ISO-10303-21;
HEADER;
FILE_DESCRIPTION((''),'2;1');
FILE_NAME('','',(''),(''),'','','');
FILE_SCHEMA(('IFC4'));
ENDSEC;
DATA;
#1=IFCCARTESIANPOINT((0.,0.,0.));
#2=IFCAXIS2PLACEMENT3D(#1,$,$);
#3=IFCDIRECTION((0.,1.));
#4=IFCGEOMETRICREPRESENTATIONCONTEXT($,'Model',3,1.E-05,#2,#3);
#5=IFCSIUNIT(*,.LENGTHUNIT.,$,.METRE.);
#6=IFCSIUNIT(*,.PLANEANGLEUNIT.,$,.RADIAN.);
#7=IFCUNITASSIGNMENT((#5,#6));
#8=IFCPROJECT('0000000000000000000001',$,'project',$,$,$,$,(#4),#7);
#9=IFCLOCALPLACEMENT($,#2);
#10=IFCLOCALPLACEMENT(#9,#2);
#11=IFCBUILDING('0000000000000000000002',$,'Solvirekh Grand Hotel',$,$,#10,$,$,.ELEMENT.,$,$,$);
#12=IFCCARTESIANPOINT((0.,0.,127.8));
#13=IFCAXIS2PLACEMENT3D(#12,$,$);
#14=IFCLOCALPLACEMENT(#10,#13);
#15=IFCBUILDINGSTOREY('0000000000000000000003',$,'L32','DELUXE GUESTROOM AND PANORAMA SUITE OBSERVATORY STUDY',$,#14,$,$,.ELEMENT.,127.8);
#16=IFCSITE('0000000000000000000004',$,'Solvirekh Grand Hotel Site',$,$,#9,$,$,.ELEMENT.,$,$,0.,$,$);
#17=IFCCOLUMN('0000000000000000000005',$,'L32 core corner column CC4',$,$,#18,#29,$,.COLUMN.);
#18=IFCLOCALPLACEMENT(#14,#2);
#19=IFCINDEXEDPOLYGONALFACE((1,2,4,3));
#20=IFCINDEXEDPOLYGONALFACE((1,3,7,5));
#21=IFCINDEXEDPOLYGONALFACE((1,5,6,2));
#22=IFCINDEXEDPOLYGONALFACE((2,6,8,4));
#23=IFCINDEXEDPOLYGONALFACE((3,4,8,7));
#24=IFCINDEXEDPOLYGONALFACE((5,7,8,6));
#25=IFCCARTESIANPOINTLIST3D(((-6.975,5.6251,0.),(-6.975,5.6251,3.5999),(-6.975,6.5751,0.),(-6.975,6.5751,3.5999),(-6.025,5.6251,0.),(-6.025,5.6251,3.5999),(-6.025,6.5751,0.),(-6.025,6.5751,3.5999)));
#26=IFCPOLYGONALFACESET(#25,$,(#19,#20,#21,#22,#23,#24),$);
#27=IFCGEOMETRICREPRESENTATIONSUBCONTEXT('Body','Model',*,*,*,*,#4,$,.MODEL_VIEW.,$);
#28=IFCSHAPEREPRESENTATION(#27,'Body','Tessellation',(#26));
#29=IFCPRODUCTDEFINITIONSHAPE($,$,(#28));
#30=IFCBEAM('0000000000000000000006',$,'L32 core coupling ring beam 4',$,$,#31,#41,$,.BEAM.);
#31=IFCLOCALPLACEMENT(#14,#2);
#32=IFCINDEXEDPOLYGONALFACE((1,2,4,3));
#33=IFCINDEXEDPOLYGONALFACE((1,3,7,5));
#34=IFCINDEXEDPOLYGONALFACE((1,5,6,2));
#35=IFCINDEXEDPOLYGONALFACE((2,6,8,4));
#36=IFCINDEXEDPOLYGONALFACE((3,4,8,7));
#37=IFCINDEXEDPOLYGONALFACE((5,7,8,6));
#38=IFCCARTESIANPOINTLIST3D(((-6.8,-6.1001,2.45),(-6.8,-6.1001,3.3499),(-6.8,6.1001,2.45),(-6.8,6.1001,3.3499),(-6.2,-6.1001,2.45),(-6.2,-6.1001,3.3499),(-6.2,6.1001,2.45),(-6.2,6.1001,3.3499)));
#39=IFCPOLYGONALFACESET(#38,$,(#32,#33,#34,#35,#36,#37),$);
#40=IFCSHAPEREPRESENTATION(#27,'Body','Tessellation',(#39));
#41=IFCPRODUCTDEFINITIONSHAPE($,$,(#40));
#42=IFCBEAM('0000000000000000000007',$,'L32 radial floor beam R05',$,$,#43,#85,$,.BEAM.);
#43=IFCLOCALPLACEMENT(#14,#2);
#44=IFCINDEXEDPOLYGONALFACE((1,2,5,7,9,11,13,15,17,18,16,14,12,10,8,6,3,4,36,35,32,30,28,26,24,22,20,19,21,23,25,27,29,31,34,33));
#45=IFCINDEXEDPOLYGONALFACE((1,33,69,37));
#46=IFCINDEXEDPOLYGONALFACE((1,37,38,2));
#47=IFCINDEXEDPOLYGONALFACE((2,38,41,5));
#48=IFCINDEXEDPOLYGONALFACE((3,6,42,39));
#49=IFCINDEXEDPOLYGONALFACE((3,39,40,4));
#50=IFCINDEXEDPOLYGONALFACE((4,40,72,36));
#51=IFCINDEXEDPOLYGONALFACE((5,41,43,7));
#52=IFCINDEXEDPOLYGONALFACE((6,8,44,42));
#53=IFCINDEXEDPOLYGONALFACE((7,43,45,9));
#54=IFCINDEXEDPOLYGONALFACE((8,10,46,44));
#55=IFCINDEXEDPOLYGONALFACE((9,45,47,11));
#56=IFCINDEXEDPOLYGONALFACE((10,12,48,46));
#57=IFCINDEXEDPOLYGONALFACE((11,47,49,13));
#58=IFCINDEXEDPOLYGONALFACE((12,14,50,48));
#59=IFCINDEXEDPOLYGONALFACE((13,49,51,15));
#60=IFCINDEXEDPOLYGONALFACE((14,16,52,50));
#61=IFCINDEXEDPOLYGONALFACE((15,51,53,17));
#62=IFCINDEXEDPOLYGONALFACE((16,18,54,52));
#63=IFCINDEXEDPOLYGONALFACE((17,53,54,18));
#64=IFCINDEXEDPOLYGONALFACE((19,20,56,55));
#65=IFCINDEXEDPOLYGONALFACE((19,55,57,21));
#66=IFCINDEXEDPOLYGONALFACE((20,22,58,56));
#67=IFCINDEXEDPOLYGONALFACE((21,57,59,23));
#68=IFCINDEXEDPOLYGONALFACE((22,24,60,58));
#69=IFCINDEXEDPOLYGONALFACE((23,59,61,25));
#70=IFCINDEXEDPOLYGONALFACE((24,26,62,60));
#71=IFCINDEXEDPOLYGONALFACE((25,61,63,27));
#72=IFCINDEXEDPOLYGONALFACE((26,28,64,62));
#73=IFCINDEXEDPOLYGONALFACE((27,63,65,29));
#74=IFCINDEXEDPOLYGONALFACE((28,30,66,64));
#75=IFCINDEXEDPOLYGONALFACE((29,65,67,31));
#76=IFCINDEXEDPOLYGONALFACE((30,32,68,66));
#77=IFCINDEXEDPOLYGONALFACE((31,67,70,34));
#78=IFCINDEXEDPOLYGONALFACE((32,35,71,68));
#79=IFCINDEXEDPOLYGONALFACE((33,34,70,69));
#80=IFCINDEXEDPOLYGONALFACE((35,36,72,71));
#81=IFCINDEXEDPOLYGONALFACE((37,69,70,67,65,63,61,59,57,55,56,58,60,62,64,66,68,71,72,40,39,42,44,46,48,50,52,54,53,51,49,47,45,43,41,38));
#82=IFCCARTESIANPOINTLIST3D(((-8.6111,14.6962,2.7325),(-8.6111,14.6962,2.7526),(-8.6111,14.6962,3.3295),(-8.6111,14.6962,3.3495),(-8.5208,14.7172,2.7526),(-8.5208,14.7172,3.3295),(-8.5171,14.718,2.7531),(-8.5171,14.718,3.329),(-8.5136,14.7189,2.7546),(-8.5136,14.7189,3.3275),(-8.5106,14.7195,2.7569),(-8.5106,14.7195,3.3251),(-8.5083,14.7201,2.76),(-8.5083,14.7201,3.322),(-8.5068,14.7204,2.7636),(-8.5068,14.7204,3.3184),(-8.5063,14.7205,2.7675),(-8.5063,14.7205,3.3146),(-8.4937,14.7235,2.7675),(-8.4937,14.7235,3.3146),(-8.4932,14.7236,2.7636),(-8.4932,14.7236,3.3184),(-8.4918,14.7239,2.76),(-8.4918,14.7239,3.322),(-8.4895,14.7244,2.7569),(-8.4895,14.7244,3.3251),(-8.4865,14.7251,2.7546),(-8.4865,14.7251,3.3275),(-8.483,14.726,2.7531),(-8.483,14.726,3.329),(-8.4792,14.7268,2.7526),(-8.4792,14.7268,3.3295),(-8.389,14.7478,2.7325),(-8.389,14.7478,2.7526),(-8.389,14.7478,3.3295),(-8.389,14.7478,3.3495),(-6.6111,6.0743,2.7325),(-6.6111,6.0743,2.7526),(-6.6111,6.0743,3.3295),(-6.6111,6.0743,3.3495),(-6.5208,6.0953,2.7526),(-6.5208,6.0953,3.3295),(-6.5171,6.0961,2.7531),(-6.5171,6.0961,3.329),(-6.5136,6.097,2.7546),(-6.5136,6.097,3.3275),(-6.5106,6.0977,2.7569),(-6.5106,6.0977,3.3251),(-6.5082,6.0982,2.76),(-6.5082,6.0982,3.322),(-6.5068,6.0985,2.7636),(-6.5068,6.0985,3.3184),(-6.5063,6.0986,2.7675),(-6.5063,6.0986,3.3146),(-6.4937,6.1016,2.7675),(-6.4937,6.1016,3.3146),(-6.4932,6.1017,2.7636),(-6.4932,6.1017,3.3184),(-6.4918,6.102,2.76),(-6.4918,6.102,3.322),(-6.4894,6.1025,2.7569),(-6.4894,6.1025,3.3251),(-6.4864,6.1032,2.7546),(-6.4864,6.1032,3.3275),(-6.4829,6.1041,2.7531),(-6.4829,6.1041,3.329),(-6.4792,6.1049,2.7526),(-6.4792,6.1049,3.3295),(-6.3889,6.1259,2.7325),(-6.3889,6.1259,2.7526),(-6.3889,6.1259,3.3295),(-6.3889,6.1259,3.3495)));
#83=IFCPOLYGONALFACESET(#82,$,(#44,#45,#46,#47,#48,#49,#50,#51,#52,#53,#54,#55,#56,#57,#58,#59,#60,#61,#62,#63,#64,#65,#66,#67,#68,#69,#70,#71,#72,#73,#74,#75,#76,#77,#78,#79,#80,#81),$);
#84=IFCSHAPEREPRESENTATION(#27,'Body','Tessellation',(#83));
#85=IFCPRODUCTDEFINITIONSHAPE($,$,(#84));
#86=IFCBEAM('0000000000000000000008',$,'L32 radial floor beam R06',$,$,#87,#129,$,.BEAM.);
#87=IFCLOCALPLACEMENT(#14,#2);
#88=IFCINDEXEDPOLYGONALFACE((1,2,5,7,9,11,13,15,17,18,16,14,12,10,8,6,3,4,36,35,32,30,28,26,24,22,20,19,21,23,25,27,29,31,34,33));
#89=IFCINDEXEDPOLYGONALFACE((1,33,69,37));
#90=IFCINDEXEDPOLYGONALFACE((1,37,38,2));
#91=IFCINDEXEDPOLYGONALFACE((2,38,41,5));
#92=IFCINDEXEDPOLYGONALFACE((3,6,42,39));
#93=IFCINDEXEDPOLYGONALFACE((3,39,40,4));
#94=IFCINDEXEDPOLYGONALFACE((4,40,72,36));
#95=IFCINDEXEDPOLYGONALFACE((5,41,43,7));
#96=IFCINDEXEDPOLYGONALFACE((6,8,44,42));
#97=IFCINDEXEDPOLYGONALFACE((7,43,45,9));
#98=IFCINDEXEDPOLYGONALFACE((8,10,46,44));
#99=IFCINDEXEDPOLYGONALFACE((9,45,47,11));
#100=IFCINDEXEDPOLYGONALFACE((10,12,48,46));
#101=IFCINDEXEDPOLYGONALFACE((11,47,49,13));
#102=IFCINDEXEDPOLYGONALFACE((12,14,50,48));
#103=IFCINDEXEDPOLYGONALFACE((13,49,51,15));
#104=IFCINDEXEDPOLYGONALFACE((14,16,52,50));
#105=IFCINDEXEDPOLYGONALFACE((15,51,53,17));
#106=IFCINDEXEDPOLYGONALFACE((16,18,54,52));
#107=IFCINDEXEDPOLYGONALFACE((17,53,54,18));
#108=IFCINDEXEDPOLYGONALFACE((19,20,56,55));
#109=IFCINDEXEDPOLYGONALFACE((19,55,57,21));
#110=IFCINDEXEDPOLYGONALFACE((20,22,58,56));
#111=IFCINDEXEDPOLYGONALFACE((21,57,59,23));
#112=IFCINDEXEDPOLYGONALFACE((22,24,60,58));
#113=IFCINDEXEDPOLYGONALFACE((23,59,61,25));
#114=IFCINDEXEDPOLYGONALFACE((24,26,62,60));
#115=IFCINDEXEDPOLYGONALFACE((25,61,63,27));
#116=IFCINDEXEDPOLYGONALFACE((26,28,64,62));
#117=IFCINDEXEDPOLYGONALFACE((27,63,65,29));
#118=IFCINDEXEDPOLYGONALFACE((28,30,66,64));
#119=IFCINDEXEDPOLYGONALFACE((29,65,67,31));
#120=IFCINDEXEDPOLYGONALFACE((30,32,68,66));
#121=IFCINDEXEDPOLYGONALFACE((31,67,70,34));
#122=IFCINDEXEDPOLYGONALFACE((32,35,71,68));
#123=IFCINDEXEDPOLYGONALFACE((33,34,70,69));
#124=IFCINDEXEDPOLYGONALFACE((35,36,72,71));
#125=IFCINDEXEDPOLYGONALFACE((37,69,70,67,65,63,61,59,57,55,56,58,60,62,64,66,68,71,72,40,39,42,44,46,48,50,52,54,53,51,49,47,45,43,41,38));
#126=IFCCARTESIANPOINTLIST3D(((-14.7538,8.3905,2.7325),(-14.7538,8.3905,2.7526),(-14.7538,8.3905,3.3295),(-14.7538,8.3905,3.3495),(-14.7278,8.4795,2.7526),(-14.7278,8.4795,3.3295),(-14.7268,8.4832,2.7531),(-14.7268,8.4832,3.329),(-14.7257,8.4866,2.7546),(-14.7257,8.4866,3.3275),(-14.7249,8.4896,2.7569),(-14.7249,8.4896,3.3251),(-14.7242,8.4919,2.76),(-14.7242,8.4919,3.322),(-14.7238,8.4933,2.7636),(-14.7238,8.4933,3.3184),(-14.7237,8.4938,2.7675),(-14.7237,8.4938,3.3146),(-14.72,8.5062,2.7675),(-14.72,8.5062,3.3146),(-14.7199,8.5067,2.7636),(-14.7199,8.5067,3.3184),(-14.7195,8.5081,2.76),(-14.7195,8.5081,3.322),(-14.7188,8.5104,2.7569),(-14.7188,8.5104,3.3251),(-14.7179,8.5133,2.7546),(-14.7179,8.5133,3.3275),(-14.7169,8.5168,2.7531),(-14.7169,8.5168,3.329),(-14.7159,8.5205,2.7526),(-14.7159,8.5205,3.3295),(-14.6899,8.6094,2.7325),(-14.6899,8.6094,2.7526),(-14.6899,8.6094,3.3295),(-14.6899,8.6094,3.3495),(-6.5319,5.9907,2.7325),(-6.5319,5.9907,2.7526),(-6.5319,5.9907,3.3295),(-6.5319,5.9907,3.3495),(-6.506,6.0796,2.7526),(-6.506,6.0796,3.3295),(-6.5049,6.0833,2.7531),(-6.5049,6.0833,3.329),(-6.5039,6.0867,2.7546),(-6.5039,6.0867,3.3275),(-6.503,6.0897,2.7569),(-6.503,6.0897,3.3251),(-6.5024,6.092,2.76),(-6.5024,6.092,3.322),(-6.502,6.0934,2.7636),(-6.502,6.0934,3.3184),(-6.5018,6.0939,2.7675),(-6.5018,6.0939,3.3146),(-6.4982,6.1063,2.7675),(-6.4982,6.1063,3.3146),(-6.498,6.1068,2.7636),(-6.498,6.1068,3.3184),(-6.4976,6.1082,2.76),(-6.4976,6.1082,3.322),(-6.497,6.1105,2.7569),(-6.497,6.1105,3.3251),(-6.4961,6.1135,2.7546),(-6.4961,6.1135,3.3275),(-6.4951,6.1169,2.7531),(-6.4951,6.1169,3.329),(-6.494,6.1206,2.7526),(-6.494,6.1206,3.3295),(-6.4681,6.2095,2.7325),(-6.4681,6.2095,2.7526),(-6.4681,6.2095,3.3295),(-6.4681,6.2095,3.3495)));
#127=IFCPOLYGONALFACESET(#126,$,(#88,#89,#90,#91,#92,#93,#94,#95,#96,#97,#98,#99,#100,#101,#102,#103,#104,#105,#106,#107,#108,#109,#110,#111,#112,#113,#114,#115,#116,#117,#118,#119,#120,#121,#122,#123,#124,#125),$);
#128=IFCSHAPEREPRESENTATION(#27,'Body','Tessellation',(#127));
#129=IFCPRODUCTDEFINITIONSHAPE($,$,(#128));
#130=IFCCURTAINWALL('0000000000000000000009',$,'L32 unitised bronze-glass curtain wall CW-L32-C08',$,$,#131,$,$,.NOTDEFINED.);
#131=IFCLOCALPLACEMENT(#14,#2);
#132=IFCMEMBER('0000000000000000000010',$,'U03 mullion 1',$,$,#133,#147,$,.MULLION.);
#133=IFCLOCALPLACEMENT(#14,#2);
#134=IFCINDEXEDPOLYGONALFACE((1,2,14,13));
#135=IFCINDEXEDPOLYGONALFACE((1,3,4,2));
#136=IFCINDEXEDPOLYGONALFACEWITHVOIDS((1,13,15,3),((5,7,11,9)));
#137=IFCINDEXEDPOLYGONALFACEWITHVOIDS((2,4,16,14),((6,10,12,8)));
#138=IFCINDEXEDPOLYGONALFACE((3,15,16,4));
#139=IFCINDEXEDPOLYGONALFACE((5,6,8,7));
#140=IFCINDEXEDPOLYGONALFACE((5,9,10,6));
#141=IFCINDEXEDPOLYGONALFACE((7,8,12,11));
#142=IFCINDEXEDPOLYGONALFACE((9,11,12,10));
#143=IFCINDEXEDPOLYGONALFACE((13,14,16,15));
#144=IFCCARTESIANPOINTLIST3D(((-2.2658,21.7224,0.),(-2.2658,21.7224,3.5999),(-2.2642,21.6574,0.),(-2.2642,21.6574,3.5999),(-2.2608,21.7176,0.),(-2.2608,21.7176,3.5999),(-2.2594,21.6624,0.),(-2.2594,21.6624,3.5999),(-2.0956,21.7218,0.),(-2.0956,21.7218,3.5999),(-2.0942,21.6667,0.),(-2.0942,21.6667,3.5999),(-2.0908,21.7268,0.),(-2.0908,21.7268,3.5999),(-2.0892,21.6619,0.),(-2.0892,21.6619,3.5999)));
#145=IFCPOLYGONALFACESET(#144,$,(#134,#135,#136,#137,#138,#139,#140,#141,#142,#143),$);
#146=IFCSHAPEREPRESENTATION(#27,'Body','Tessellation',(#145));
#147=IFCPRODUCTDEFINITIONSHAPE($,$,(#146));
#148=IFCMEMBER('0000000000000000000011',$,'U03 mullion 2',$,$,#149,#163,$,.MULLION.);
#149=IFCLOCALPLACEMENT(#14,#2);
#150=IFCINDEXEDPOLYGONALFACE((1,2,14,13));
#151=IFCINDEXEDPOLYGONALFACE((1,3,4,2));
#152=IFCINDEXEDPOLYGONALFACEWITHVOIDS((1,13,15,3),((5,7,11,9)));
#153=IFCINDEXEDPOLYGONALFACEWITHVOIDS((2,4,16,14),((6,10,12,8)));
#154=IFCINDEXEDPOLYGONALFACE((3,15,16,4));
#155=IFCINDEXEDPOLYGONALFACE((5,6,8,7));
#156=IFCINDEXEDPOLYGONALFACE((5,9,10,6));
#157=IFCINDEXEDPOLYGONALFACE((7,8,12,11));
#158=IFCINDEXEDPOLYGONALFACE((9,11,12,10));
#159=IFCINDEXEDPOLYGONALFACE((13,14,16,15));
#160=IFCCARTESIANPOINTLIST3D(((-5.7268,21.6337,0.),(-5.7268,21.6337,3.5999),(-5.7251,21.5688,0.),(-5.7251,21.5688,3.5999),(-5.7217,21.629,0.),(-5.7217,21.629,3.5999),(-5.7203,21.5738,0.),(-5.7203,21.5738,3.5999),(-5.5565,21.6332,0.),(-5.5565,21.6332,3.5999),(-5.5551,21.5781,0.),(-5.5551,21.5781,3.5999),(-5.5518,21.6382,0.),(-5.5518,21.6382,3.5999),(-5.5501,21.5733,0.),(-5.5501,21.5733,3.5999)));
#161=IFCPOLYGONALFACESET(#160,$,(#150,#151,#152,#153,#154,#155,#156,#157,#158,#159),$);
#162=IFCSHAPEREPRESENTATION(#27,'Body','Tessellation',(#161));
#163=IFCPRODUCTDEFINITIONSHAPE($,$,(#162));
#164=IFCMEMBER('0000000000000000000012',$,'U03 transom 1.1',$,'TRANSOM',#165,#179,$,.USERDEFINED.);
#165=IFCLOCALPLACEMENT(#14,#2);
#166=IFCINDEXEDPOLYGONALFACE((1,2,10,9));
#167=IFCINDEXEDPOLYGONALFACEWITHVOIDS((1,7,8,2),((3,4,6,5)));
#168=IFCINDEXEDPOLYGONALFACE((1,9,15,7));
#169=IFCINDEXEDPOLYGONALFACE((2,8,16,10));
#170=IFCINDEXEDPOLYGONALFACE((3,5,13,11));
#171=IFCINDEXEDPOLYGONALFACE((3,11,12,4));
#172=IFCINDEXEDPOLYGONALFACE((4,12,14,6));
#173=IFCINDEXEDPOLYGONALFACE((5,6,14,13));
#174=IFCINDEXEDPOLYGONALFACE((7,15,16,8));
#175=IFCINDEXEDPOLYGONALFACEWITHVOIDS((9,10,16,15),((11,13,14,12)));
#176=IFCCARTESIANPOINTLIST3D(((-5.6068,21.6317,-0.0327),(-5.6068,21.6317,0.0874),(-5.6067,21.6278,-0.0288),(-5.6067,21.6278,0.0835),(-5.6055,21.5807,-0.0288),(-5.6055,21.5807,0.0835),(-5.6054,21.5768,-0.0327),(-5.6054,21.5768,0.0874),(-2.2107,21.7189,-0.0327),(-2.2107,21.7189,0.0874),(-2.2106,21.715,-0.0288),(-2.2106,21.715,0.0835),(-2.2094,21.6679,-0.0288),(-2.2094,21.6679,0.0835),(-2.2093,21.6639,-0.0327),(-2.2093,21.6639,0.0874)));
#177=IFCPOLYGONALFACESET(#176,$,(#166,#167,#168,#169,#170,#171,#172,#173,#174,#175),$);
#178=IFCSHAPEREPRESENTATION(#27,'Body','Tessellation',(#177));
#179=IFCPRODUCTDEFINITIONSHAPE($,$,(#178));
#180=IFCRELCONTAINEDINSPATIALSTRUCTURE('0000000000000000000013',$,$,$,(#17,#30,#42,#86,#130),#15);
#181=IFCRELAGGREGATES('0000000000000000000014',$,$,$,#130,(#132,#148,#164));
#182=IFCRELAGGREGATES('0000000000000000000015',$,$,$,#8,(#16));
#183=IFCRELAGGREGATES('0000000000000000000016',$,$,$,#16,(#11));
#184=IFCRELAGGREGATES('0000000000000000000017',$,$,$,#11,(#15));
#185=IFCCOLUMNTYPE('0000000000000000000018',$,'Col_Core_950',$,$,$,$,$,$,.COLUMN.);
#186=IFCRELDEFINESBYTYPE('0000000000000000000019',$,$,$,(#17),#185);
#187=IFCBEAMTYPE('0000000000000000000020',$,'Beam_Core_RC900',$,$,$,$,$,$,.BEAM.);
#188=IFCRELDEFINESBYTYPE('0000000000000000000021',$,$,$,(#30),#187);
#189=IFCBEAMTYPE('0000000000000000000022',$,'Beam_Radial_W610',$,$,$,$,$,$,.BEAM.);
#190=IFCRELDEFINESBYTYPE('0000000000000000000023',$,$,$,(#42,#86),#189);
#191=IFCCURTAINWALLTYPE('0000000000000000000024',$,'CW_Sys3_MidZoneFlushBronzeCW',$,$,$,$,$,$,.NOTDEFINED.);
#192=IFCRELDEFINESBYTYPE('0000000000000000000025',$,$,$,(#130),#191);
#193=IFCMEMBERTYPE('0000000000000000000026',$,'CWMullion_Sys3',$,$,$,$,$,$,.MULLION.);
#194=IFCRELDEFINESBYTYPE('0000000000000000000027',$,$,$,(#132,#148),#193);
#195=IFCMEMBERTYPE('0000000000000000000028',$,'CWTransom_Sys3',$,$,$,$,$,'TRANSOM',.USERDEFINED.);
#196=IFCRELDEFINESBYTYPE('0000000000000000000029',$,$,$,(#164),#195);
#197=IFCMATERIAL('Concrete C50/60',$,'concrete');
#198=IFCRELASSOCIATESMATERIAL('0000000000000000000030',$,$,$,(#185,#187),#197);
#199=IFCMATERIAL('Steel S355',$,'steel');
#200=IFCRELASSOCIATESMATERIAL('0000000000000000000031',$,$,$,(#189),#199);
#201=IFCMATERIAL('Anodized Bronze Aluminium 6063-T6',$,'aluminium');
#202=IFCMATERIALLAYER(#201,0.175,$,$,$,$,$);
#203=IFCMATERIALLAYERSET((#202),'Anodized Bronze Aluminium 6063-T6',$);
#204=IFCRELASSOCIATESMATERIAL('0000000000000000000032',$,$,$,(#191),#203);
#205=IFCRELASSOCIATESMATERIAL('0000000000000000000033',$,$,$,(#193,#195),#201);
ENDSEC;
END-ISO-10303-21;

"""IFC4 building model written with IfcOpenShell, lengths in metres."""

from ifc_helpers import new_model, si_unit, direction, frame, origin, origin_2d, place, context, subcontext, project, spatial, rectangle, hollow_rectangle, i_section, extrude, source, transform, mapped, material, layer, layer_set, material_profile, profile_set, type_object, element, aggregate, save


model = new_model("IFC4")

# Units and contexts
model_context = context("Model", 3, precision=1e-05, world=origin(), true_north=direction((0.0, 1.0)))
body_context = subcontext(model_context, "Body", "Model", "MODEL_VIEW")
ifc_project = project(units=[si_unit("LENGTHUNIT", "METRE"), si_unit("PLANEANGLEUNIT", "RADIAN")], contexts=[model_context])

# Site, building, storey
site_placement = place(None, origin())
site = spatial("IfcSite", under=ifc_project, at=site_placement, Name="Solvirekh Grand Hotel Site", CompositionType="ELEMENT", RefElevation=0.0)
building_placement = place(site_placement, origin())
building = spatial("IfcBuilding", under=site, at=building_placement, Name="Solvirekh Grand Hotel", CompositionType="ELEMENT")
storey_placement = place(building_placement, frame((0.0, 0.0, 127.8)))
storey = spatial("IfcBuildingStorey", under=building, at=storey_placement, Name="L32", Description="DELUXE GUESTROOM AND PANORAMA SUITE OBSERVATORY STUDY", CompositionType="ELEMENT", Elevation=127.8)

# Column
ifc_material_1 = material(Name="Concrete C50/60", Category="concrete")
ifc_material_profile_1 = material_profile(ifc_material_1, rectangle(XDim=0.95, YDim=0.95, at=origin_2d()), Name="RC 950X950")
ifc_profile_set_1 = profile_set([ifc_material_profile_1], Name="Concrete C50/60")
column_type = type_object("IfcColumnType", Name="Col_Core_950", PredefinedType="COLUMN", material=ifc_profile_set_1)
column_placement = place(storey_placement, frame((-6.5, 6.1001, 0.0), z_axis=(0.0, 0.0, 1.0), x_axis=(1.0, 0.0, 0.0)))
element("IfcColumn", 1, at=column_placement, inside=storey, type_object=column_type, Name="L32 core corner column CC4", PredefinedType="COLUMN", context=body_context, shape_type="SweptSolid", body=[
    extrude(rectangle(XDim=0.95, YDim=0.95, at=origin_2d()), origin(), (0.0, 0.0, 1.0), 3.5999),
])

# Beams
ifc_material_profile_2 = material_profile(ifc_material_1, rectangle(XDim=0.6001, YDim=0.8999, at=origin_2d()), Name="RC BEAM 600X900")
ifc_profile_set_2 = profile_set([ifc_material_profile_2], Name="Concrete C50/60")
beam_type_1 = type_object("IfcBeamType", Name="Beam_Core_RC900", PredefinedType="BEAM", material=ifc_profile_set_2)
beam_1_placement = place(storey_placement, frame((-6.5, 6.1001, 2.8999), z_axis=(0.0, -1.0, 0.0), x_axis=(1.0, 0.0, 0.0)))
element("IfcBeam", 2, at=beam_1_placement, inside=storey, type_object=beam_type_1, Name="L32 core coupling ring beam 4", PredefinedType="BEAM", context=body_context, shape_type="SweptSolid", body=[
    extrude(rectangle(XDim=0.6001, YDim=0.8999, at=origin_2d()), origin(), (0.0, 0.0, 1.0), 12.2002),
])
ifc_material_2 = material(Name="Steel S355", Category="steel")
ifc_material_profile_3 = material_profile(ifc_material_2, i_section(OverallWidth=0.228, OverallDepth=0.6169, WebThickness=0.0129, FlangeThickness=0.02, FilletRadius=0.0149, at=origin_2d()), Name="W610X140")
ifc_profile_set_3 = profile_set([ifc_material_profile_3], Name="Steel S355")
beam_type_2 = type_object("IfcBeamType", Name="Beam_Radial_W610", PredefinedType="BEAM", material=ifc_profile_set_3)
beam_2_placement = place(storey_placement, frame((-6.5, 6.1001, 3.041), z_axis=(-0.225969, 0.974134, 0.0), x_axis=(-0.974134, -0.225969, 0.0)))
element("IfcBeam", 3, at=beam_2_placement, inside=storey, type_object=beam_type_2, Name="L32 radial floor beam R05", PredefinedType="BEAM", context=body_context, shape_type="SweptSolid", body=[
    extrude(i_section(OverallWidth=0.228, OverallDepth=0.6169, WebThickness=0.0129, FlangeThickness=0.02, FilletRadius=0.0149, at=origin_2d()), origin(), (0.0, 0.0, 1.0), 8.8508),
])
beam_3_placement = place(storey_placement, frame((-6.5, 6.1001, 3.041), z_axis=(-0.959942, 0.280198, 0.0), x_axis=(-0.280198, -0.959942, 0.0)))
element("IfcBeam", 4, at=beam_3_placement, inside=storey, type_object=beam_type_2, Name="L32 radial floor beam R06", PredefinedType="BEAM", context=body_context, shape_type="SweptSolid", body=[
    extrude(i_section(OverallWidth=0.228, OverallDepth=0.6169, WebThickness=0.0129, FlangeThickness=0.02, FilletRadius=0.0149, at=origin_2d()), origin(), (0.0, 0.0, 1.0), 8.5649),
])

# Curtain wall, members
ifc_material_3 = material(Name="Anodized Bronze Aluminium 6063-T6", Category="aluminium")
ifc_layer_1 = layer(ifc_material_3, 0.175)
ifc_layer_set_1 = layer_set([ifc_layer_1], Name="Anodized Bronze Aluminium 6063-T6")
curtain_wall_type = type_object("IfcCurtainWallType", Name="CW_Sys3_MidZoneFlushBronzeCW", PredefinedType="NOTDEFINED", material=ifc_layer_set_1)
curtain_wall_placement = place(storey_placement, origin())
curtain_wall = element("IfcCurtainWall", 5, at=curtain_wall_placement, inside=storey, type_object=curtain_wall_type, Name="L32 unitised bronze-glass curtain wall CW-L32-C08", PredefinedType="NOTDEFINED")
ifc_material_profile_4 = material_profile(ifc_material_3, hollow_rectangle(XDim=0.0649, YDim=0.175, WallThickness=0.0049, at=origin_2d()), Name="ALU RHS 175X65X5")
ifc_profile_set_4 = profile_set([ifc_material_profile_4], Name="Anodized Bronze Aluminium 6063-T6")
member_type_1 = type_object("IfcMemberType", Name="CWMullion_Sys3", PredefinedType="MULLION", material=ifc_profile_set_4)
shared_shape_1 = source(origin(), body_context, "Body", "SweptSolid", [
    extrude(hollow_rectangle(XDim=0.0649, YDim=0.175, WallThickness=0.0049, at=origin_2d()), origin(), (0.0, 0.0, 1.0), 3.5999),
])
member_1_placement = place(storey_placement, frame((-2.1775, 21.6921, 0.0), z_axis=(0.0, 0.0, 1.0), x_axis=(0.025611, -0.999672, 0.0)))
member_1 = element("IfcMember", 6, at=member_1_placement, type_object=member_type_1, Name="U03 mullion 1", PredefinedType="MULLION", context=body_context, shape_type="MappedRepresentation", body=[
    mapped(shared_shape_1, transform((0.0, 0.0, 0.0), x_axis=(1.0, 0.0, 0.0), y_axis=(0.0, 1.0, 0.0), z_axis=(0.0, 0.0, 1.0), scale=1.0)),
])
member_2_placement = place(storey_placement, frame((-5.6384, 21.6035, 0.0), z_axis=(0.0, 0.0, 1.0), x_axis=(0.025611, -0.999672, 0.0)))
member_2 = element("IfcMember", 7, at=member_2_placement, type_object=member_type_1, Name="U03 mullion 2", PredefinedType="MULLION", context=body_context, shape_type="MappedRepresentation", body=[
    mapped(shared_shape_1, transform((0.0, 0.0, 0.0), x_axis=(1.0, 0.0, 0.0), y_axis=(0.0, 1.0, 0.0), z_axis=(0.0, 0.0, 1.0), scale=1.0)),
])
ifc_material_profile_5 = material_profile(ifc_material_3, hollow_rectangle(XDim=0.0549, YDim=0.1201, WallThickness=0.0039, at=origin_2d()), Name="ALU RHS 120X55X4")
ifc_profile_set_5 = profile_set([ifc_material_profile_5], Name="Anodized Bronze Aluminium 6063-T6")
member_type_2 = type_object("IfcMemberType", Name="CWTransom_Sys3", ElementType="TRANSOM", PredefinedType="USERDEFINED", material=ifc_profile_set_5)
shared_shape_2 = source(origin(), body_context, "Body", "SweptSolid", [
    extrude(hollow_rectangle(XDim=0.0549, YDim=0.1201, WallThickness=0.0039, at=origin_2d()), origin(), (0.0, 0.0, 1.0), 3.3972),
])
member_3_placement = place(storey_placement, frame((-2.21, 21.6914, 0.0273), z_axis=(-0.999671, -0.025657, 0.0), x_axis=(0.025657, -0.999671, 0.0)))
member_3 = element("IfcMember", 8, at=member_3_placement, type_object=member_type_2, Name="U03 transom 1.1", ObjectType="TRANSOM", PredefinedType="USERDEFINED", context=body_context, shape_type="MappedRepresentation", body=[
    mapped(shared_shape_2, transform((0.0, 0.0, 0.0), x_axis=(1.0, 0.0, 0.0), y_axis=(0.0, 1.0, 0.0), z_axis=(0.0, 0.0, 1.0), scale=1.0)),
])
aggregate(curtain_wall, [member_1, member_2, member_3])

save(model, "model.ifc")
